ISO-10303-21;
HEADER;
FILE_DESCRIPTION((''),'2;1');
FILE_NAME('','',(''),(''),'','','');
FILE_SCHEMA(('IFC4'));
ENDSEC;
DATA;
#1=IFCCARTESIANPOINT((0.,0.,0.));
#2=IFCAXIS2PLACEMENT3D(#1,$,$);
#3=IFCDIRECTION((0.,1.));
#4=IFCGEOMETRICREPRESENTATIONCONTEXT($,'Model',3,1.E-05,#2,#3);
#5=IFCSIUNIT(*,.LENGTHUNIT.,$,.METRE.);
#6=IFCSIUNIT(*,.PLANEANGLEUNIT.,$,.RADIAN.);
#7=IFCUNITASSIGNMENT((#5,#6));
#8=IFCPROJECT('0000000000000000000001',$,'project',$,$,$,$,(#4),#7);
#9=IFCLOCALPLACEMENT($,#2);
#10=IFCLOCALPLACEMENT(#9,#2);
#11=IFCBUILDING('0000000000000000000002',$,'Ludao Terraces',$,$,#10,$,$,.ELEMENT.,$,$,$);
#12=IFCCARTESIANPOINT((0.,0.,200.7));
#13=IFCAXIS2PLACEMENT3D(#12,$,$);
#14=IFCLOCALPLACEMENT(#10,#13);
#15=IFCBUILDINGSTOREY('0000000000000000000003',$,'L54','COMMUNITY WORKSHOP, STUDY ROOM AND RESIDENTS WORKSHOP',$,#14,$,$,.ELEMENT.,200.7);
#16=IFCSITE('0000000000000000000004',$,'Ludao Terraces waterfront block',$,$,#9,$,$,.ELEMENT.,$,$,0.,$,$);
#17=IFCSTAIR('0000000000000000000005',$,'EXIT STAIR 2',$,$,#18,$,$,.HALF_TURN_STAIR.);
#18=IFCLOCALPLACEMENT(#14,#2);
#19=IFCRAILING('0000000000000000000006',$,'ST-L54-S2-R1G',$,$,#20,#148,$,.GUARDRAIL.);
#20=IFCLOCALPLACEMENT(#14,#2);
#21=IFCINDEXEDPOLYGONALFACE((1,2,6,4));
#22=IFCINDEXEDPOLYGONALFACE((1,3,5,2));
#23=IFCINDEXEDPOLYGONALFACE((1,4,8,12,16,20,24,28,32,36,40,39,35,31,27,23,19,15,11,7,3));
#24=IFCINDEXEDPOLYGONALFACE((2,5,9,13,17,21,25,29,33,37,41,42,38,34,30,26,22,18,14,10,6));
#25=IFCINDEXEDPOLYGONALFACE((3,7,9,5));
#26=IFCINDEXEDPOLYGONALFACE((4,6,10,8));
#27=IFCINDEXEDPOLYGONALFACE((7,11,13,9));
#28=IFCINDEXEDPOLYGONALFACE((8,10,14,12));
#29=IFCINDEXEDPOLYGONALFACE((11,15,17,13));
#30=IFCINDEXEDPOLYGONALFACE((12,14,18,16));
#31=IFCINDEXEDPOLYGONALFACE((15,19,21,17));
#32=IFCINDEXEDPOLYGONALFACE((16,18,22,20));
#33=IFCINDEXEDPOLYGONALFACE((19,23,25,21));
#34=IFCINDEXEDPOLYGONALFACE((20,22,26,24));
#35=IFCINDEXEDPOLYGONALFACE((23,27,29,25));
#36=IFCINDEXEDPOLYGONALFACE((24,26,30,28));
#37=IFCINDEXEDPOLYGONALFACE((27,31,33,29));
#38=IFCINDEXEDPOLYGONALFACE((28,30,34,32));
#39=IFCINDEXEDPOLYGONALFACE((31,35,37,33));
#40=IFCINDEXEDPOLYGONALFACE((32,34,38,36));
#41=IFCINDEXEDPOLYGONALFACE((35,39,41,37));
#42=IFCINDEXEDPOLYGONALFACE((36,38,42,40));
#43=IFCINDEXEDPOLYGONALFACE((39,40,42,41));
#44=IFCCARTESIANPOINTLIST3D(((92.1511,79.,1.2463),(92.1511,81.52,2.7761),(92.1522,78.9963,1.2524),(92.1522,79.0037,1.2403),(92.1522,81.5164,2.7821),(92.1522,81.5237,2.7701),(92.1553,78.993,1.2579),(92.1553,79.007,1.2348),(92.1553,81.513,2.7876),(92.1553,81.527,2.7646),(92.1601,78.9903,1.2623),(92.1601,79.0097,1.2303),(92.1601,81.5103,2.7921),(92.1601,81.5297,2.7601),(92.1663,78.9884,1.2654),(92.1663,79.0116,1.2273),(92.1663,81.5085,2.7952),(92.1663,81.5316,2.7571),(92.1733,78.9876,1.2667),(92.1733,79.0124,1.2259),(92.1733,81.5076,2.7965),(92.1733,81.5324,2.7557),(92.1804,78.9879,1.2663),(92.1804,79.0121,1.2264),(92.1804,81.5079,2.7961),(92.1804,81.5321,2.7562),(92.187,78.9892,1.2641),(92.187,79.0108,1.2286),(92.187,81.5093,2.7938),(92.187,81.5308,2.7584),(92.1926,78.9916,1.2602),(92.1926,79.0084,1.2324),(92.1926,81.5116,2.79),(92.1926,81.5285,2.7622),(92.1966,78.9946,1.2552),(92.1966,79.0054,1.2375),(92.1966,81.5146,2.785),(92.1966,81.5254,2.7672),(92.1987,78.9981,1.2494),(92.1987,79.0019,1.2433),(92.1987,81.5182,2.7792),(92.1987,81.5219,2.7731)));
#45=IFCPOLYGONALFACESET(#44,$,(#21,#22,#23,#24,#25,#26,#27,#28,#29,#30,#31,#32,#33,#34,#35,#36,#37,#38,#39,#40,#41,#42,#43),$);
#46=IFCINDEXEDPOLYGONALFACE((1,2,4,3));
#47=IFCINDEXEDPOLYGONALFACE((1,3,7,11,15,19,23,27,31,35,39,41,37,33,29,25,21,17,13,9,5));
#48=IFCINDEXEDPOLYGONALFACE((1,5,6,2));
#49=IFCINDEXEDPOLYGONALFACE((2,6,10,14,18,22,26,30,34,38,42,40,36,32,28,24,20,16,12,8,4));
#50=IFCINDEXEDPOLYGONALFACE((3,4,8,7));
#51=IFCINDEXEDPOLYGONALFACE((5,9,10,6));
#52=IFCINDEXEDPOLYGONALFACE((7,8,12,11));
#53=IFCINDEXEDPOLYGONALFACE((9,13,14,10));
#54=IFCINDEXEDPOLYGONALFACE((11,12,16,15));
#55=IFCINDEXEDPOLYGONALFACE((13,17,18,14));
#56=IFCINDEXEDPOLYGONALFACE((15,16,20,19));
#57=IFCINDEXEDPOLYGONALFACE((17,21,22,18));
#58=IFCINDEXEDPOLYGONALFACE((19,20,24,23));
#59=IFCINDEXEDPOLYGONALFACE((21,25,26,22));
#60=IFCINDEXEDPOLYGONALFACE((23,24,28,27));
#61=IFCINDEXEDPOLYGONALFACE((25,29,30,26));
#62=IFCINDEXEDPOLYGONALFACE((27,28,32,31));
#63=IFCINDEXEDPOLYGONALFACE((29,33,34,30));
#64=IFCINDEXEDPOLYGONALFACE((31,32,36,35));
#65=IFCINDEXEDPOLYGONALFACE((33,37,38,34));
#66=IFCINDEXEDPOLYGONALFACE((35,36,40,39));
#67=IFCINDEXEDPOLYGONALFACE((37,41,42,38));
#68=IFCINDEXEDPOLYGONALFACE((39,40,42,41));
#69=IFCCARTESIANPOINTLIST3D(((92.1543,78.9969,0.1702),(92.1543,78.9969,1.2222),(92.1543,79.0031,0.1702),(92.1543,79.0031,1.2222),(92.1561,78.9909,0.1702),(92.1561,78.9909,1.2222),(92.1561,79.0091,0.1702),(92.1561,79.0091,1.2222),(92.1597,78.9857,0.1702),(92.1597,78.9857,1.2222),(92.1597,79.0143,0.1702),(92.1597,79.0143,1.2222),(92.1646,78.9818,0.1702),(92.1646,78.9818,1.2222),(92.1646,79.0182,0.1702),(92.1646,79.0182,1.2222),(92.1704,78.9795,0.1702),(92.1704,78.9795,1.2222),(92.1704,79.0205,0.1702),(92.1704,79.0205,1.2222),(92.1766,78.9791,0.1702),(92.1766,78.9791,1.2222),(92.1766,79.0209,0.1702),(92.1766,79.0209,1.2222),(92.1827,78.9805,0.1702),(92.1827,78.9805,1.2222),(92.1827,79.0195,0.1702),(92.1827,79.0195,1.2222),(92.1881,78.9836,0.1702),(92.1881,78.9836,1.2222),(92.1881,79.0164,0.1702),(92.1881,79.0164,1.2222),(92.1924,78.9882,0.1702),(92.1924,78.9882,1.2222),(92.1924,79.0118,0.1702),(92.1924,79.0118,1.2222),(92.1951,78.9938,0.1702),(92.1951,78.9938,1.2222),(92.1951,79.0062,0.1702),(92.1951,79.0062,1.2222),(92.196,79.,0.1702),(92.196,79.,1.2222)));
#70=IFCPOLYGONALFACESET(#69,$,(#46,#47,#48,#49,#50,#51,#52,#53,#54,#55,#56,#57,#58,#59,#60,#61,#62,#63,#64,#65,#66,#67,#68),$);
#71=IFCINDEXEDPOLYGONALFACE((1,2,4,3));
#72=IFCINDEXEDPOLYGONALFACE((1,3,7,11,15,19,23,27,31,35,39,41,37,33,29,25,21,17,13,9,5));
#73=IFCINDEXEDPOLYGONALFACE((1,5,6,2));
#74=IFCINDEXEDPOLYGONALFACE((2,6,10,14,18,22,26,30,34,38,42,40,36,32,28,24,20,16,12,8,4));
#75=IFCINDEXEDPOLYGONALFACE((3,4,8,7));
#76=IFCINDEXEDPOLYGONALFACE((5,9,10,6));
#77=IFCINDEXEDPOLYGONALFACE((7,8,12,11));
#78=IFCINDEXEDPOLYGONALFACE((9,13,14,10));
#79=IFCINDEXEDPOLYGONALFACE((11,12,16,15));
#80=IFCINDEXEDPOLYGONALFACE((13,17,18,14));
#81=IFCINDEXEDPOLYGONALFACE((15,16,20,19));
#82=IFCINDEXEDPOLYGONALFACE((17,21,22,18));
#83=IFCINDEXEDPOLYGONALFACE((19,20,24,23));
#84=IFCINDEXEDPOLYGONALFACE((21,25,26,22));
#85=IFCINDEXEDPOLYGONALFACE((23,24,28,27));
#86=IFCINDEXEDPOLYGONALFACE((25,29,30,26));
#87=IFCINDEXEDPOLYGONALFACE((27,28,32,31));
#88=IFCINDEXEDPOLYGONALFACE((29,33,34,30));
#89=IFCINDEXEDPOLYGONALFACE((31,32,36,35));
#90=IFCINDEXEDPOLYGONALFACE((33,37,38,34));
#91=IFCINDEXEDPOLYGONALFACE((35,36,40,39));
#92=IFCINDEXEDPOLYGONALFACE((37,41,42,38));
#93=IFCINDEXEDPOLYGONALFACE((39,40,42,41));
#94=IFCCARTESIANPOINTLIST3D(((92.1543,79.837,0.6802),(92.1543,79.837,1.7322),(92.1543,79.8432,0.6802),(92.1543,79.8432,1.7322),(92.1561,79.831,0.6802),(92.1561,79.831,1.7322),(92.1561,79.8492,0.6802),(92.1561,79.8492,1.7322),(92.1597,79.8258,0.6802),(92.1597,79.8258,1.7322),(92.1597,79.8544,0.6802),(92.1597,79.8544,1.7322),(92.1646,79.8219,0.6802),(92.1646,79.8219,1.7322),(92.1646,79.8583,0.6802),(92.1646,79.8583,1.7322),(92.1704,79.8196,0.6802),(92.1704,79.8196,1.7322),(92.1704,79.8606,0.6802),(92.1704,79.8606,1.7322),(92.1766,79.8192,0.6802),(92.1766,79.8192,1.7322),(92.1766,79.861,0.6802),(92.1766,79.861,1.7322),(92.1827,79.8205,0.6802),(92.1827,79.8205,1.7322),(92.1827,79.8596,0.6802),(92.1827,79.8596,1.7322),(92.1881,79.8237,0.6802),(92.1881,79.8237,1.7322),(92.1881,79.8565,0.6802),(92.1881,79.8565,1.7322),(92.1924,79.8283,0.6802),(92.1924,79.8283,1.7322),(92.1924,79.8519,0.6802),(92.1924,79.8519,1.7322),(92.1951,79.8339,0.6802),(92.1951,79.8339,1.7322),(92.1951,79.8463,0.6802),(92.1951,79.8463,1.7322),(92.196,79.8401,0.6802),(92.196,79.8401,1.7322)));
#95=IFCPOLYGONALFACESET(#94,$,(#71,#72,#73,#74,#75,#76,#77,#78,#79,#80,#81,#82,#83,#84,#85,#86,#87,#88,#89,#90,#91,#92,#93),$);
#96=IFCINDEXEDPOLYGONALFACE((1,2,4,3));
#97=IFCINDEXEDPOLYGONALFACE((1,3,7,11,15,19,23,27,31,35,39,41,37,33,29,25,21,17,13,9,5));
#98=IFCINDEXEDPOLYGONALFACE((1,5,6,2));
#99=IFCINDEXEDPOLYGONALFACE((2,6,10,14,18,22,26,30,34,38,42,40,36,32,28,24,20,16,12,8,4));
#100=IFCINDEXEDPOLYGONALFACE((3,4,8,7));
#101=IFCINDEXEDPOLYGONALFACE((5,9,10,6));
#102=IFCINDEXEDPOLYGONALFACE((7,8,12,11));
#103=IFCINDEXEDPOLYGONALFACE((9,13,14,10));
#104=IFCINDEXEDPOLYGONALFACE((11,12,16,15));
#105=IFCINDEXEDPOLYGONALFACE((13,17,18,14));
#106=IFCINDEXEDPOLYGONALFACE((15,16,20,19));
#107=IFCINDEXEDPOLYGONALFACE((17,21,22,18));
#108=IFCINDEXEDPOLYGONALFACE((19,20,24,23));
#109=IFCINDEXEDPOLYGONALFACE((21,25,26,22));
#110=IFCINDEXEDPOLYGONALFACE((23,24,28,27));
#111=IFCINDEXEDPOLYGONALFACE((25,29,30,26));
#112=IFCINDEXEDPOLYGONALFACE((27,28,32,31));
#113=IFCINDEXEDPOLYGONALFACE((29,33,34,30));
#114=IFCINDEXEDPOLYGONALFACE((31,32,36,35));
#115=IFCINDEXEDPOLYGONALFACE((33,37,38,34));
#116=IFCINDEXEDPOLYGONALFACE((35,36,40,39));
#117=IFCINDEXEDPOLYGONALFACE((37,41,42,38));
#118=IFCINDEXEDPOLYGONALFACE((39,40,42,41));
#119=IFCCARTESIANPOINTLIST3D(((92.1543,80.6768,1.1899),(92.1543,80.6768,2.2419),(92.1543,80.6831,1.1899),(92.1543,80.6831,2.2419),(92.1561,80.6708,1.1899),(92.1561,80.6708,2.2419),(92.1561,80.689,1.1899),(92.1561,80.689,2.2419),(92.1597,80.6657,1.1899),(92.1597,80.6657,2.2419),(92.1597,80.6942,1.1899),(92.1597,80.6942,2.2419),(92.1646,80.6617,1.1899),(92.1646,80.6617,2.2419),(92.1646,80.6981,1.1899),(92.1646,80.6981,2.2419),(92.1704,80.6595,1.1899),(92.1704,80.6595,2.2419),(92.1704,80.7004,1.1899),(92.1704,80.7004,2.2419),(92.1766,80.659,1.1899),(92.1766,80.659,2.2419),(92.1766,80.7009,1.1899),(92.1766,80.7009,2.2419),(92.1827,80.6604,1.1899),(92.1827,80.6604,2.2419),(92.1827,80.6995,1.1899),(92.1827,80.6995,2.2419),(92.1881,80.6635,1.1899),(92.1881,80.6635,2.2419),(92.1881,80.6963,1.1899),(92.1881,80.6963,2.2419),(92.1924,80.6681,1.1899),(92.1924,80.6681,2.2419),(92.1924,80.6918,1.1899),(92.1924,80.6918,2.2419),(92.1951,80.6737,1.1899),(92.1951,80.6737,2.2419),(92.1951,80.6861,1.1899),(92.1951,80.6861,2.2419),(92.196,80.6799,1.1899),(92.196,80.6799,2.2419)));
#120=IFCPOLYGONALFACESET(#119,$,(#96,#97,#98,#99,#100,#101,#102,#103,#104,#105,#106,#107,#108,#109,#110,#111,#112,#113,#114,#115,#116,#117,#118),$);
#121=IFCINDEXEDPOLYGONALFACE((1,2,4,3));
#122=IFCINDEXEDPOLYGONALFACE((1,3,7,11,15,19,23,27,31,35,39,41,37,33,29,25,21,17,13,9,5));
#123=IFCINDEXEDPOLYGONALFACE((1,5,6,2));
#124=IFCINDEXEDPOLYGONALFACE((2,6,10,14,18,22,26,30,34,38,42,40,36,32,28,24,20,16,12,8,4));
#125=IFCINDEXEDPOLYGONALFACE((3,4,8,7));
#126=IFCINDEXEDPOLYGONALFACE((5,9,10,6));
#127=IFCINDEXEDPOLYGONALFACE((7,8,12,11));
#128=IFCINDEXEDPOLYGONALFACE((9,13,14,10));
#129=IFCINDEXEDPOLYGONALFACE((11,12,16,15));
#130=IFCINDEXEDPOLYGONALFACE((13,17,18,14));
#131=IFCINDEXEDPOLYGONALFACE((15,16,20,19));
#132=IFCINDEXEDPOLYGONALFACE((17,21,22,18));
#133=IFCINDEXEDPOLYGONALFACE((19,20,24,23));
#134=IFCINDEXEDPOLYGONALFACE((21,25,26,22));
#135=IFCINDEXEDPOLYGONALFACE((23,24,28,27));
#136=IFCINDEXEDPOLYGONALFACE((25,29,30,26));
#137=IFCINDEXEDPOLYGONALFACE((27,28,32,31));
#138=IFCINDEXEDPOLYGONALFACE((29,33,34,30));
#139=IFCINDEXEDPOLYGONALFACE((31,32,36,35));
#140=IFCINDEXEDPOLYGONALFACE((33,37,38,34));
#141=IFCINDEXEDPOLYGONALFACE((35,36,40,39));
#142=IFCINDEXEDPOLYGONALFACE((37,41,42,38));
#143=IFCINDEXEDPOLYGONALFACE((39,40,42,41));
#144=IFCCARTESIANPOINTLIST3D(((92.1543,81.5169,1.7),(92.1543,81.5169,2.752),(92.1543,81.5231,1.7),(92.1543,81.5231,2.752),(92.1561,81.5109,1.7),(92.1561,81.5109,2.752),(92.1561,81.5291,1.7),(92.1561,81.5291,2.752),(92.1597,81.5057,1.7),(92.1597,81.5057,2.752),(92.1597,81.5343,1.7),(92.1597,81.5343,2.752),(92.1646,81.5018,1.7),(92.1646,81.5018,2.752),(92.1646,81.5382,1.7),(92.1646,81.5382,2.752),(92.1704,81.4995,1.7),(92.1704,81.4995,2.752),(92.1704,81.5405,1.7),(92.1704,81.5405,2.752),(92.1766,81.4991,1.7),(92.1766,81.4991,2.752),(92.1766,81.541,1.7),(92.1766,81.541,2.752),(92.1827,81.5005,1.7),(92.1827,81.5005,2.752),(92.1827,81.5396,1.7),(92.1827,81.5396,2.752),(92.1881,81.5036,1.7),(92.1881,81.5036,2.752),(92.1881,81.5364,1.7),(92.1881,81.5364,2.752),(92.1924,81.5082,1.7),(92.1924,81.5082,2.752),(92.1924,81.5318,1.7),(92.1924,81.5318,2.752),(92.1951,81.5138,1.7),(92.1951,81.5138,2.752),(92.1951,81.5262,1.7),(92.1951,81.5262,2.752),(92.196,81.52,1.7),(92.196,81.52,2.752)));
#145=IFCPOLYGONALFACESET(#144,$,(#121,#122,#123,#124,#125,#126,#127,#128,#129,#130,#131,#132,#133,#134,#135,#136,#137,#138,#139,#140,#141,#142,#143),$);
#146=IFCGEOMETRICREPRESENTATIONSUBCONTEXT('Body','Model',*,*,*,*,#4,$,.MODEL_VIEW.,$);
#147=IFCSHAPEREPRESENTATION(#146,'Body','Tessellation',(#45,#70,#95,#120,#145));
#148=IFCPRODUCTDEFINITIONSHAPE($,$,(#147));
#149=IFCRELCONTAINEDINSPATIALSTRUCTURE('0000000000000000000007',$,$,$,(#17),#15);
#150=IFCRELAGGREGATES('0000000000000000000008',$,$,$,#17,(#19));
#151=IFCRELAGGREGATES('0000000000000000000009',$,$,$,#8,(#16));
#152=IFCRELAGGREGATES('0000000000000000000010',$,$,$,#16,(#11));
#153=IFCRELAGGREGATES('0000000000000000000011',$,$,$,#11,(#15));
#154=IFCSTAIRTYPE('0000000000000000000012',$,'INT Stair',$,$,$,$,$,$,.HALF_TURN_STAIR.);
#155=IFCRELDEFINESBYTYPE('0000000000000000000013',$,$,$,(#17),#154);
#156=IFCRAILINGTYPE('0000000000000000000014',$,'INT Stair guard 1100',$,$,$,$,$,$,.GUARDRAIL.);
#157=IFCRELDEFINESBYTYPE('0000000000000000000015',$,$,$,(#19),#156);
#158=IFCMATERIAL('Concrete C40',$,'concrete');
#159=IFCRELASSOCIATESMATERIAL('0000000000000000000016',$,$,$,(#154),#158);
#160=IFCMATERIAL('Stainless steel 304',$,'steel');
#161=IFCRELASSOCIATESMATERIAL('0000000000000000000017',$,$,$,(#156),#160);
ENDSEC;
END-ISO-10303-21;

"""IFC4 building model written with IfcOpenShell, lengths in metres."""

from ifc_helpers import new_model, si_unit, direction, frame, origin, origin_2d, place, context, subcontext, project, spatial, circle, extrude, material, type_object, element, aggregate, save


model = new_model("IFC4")

# Units and contexts
model_context = context("Model", 3, precision=1e-05, world=origin(), true_north=direction((0.0, 1.0)))
body_context = subcontext(model_context, "Body", "Model", "MODEL_VIEW")
ifc_project = project(units=[si_unit("LENGTHUNIT", "METRE"), si_unit("PLANEANGLEUNIT", "RADIAN")], contexts=[model_context])

# Site, building, storey
site_placement = place(None, origin())
site = spatial("IfcSite", under=ifc_project, at=site_placement, Name="Ludao Terraces waterfront block", CompositionType="ELEMENT", RefElevation=0.0)
building_placement = place(site_placement, origin())
building = spatial("IfcBuilding", under=site, at=building_placement, Name="Ludao Terraces", CompositionType="ELEMENT")
storey_placement = place(building_placement, frame((0.0, 0.0, 200.7)))
storey = spatial("IfcBuildingStorey", under=building, at=storey_placement, Name="L54", Description="COMMUNITY WORKSHOP, STUDY ROOM AND RESIDENTS WORKSHOP", CompositionType="ELEMENT", Elevation=200.7)

# Shared definitions
ifc_material_1 = material(Name="Stainless steel 304", Category="steel")

# Stair, railing
ifc_material_2 = material(Name="Concrete C40", Category="concrete")
stair_type = type_object("IfcStairType", Name="INT Stair", PredefinedType="HALF_TURN_STAIR", material=ifc_material_2)
stair_placement = place(storey_placement, origin())
stair = element("IfcStair", 1, at=stair_placement, inside=storey, type_object=stair_type, Name="EXIT STAIR 2", PredefinedType="HALF_TURN_STAIR")
railing_type_1 = type_object("IfcRailingType", Name="INT Stair guard 1100", PredefinedType="GUARDRAIL", material=ifc_material_1)
railing_1_placement = place(storey_placement, frame((92.175, 79.0, 0.1702)))
railing_1 = element("IfcRailing", 2, at=railing_1_placement, type_object=railing_type_1, Name="ST-L54-S2-R1G", PredefinedType="GUARDRAIL", context=body_context, shape_type="SweptSolid", body=[
    extrude(circle(Radius=0.0239, at=origin_2d()), frame((0.0, 0.0, 1.0762), z_axis=(0.0, 0.854822, 0.518922), x_axis=(-1.0, 0.0, 0.0)), (0.0, 0.0, 1.0), 2.948),
    extrude(circle(Radius=0.021, at=origin_2d()), origin(), (0.0, 0.0, 1.0), 1.052),
    extrude(circle(Radius=0.021, at=origin_2d()), frame((0.0, 0.8401, 0.51)), (0.0, 0.0, 1.0), 1.052),
    extrude(circle(Radius=0.021, at=origin_2d()), frame((0.0, 1.6799, 1.0198)), (0.0, 0.0, 1.0), 1.052),
    extrude(circle(Radius=0.021, at=origin_2d()), frame((0.0, 2.52, 1.5298)), (0.0, 0.0, 1.0), 1.052),
])
aggregate(stair, [railing_1])

save(model, "model.ifc")
